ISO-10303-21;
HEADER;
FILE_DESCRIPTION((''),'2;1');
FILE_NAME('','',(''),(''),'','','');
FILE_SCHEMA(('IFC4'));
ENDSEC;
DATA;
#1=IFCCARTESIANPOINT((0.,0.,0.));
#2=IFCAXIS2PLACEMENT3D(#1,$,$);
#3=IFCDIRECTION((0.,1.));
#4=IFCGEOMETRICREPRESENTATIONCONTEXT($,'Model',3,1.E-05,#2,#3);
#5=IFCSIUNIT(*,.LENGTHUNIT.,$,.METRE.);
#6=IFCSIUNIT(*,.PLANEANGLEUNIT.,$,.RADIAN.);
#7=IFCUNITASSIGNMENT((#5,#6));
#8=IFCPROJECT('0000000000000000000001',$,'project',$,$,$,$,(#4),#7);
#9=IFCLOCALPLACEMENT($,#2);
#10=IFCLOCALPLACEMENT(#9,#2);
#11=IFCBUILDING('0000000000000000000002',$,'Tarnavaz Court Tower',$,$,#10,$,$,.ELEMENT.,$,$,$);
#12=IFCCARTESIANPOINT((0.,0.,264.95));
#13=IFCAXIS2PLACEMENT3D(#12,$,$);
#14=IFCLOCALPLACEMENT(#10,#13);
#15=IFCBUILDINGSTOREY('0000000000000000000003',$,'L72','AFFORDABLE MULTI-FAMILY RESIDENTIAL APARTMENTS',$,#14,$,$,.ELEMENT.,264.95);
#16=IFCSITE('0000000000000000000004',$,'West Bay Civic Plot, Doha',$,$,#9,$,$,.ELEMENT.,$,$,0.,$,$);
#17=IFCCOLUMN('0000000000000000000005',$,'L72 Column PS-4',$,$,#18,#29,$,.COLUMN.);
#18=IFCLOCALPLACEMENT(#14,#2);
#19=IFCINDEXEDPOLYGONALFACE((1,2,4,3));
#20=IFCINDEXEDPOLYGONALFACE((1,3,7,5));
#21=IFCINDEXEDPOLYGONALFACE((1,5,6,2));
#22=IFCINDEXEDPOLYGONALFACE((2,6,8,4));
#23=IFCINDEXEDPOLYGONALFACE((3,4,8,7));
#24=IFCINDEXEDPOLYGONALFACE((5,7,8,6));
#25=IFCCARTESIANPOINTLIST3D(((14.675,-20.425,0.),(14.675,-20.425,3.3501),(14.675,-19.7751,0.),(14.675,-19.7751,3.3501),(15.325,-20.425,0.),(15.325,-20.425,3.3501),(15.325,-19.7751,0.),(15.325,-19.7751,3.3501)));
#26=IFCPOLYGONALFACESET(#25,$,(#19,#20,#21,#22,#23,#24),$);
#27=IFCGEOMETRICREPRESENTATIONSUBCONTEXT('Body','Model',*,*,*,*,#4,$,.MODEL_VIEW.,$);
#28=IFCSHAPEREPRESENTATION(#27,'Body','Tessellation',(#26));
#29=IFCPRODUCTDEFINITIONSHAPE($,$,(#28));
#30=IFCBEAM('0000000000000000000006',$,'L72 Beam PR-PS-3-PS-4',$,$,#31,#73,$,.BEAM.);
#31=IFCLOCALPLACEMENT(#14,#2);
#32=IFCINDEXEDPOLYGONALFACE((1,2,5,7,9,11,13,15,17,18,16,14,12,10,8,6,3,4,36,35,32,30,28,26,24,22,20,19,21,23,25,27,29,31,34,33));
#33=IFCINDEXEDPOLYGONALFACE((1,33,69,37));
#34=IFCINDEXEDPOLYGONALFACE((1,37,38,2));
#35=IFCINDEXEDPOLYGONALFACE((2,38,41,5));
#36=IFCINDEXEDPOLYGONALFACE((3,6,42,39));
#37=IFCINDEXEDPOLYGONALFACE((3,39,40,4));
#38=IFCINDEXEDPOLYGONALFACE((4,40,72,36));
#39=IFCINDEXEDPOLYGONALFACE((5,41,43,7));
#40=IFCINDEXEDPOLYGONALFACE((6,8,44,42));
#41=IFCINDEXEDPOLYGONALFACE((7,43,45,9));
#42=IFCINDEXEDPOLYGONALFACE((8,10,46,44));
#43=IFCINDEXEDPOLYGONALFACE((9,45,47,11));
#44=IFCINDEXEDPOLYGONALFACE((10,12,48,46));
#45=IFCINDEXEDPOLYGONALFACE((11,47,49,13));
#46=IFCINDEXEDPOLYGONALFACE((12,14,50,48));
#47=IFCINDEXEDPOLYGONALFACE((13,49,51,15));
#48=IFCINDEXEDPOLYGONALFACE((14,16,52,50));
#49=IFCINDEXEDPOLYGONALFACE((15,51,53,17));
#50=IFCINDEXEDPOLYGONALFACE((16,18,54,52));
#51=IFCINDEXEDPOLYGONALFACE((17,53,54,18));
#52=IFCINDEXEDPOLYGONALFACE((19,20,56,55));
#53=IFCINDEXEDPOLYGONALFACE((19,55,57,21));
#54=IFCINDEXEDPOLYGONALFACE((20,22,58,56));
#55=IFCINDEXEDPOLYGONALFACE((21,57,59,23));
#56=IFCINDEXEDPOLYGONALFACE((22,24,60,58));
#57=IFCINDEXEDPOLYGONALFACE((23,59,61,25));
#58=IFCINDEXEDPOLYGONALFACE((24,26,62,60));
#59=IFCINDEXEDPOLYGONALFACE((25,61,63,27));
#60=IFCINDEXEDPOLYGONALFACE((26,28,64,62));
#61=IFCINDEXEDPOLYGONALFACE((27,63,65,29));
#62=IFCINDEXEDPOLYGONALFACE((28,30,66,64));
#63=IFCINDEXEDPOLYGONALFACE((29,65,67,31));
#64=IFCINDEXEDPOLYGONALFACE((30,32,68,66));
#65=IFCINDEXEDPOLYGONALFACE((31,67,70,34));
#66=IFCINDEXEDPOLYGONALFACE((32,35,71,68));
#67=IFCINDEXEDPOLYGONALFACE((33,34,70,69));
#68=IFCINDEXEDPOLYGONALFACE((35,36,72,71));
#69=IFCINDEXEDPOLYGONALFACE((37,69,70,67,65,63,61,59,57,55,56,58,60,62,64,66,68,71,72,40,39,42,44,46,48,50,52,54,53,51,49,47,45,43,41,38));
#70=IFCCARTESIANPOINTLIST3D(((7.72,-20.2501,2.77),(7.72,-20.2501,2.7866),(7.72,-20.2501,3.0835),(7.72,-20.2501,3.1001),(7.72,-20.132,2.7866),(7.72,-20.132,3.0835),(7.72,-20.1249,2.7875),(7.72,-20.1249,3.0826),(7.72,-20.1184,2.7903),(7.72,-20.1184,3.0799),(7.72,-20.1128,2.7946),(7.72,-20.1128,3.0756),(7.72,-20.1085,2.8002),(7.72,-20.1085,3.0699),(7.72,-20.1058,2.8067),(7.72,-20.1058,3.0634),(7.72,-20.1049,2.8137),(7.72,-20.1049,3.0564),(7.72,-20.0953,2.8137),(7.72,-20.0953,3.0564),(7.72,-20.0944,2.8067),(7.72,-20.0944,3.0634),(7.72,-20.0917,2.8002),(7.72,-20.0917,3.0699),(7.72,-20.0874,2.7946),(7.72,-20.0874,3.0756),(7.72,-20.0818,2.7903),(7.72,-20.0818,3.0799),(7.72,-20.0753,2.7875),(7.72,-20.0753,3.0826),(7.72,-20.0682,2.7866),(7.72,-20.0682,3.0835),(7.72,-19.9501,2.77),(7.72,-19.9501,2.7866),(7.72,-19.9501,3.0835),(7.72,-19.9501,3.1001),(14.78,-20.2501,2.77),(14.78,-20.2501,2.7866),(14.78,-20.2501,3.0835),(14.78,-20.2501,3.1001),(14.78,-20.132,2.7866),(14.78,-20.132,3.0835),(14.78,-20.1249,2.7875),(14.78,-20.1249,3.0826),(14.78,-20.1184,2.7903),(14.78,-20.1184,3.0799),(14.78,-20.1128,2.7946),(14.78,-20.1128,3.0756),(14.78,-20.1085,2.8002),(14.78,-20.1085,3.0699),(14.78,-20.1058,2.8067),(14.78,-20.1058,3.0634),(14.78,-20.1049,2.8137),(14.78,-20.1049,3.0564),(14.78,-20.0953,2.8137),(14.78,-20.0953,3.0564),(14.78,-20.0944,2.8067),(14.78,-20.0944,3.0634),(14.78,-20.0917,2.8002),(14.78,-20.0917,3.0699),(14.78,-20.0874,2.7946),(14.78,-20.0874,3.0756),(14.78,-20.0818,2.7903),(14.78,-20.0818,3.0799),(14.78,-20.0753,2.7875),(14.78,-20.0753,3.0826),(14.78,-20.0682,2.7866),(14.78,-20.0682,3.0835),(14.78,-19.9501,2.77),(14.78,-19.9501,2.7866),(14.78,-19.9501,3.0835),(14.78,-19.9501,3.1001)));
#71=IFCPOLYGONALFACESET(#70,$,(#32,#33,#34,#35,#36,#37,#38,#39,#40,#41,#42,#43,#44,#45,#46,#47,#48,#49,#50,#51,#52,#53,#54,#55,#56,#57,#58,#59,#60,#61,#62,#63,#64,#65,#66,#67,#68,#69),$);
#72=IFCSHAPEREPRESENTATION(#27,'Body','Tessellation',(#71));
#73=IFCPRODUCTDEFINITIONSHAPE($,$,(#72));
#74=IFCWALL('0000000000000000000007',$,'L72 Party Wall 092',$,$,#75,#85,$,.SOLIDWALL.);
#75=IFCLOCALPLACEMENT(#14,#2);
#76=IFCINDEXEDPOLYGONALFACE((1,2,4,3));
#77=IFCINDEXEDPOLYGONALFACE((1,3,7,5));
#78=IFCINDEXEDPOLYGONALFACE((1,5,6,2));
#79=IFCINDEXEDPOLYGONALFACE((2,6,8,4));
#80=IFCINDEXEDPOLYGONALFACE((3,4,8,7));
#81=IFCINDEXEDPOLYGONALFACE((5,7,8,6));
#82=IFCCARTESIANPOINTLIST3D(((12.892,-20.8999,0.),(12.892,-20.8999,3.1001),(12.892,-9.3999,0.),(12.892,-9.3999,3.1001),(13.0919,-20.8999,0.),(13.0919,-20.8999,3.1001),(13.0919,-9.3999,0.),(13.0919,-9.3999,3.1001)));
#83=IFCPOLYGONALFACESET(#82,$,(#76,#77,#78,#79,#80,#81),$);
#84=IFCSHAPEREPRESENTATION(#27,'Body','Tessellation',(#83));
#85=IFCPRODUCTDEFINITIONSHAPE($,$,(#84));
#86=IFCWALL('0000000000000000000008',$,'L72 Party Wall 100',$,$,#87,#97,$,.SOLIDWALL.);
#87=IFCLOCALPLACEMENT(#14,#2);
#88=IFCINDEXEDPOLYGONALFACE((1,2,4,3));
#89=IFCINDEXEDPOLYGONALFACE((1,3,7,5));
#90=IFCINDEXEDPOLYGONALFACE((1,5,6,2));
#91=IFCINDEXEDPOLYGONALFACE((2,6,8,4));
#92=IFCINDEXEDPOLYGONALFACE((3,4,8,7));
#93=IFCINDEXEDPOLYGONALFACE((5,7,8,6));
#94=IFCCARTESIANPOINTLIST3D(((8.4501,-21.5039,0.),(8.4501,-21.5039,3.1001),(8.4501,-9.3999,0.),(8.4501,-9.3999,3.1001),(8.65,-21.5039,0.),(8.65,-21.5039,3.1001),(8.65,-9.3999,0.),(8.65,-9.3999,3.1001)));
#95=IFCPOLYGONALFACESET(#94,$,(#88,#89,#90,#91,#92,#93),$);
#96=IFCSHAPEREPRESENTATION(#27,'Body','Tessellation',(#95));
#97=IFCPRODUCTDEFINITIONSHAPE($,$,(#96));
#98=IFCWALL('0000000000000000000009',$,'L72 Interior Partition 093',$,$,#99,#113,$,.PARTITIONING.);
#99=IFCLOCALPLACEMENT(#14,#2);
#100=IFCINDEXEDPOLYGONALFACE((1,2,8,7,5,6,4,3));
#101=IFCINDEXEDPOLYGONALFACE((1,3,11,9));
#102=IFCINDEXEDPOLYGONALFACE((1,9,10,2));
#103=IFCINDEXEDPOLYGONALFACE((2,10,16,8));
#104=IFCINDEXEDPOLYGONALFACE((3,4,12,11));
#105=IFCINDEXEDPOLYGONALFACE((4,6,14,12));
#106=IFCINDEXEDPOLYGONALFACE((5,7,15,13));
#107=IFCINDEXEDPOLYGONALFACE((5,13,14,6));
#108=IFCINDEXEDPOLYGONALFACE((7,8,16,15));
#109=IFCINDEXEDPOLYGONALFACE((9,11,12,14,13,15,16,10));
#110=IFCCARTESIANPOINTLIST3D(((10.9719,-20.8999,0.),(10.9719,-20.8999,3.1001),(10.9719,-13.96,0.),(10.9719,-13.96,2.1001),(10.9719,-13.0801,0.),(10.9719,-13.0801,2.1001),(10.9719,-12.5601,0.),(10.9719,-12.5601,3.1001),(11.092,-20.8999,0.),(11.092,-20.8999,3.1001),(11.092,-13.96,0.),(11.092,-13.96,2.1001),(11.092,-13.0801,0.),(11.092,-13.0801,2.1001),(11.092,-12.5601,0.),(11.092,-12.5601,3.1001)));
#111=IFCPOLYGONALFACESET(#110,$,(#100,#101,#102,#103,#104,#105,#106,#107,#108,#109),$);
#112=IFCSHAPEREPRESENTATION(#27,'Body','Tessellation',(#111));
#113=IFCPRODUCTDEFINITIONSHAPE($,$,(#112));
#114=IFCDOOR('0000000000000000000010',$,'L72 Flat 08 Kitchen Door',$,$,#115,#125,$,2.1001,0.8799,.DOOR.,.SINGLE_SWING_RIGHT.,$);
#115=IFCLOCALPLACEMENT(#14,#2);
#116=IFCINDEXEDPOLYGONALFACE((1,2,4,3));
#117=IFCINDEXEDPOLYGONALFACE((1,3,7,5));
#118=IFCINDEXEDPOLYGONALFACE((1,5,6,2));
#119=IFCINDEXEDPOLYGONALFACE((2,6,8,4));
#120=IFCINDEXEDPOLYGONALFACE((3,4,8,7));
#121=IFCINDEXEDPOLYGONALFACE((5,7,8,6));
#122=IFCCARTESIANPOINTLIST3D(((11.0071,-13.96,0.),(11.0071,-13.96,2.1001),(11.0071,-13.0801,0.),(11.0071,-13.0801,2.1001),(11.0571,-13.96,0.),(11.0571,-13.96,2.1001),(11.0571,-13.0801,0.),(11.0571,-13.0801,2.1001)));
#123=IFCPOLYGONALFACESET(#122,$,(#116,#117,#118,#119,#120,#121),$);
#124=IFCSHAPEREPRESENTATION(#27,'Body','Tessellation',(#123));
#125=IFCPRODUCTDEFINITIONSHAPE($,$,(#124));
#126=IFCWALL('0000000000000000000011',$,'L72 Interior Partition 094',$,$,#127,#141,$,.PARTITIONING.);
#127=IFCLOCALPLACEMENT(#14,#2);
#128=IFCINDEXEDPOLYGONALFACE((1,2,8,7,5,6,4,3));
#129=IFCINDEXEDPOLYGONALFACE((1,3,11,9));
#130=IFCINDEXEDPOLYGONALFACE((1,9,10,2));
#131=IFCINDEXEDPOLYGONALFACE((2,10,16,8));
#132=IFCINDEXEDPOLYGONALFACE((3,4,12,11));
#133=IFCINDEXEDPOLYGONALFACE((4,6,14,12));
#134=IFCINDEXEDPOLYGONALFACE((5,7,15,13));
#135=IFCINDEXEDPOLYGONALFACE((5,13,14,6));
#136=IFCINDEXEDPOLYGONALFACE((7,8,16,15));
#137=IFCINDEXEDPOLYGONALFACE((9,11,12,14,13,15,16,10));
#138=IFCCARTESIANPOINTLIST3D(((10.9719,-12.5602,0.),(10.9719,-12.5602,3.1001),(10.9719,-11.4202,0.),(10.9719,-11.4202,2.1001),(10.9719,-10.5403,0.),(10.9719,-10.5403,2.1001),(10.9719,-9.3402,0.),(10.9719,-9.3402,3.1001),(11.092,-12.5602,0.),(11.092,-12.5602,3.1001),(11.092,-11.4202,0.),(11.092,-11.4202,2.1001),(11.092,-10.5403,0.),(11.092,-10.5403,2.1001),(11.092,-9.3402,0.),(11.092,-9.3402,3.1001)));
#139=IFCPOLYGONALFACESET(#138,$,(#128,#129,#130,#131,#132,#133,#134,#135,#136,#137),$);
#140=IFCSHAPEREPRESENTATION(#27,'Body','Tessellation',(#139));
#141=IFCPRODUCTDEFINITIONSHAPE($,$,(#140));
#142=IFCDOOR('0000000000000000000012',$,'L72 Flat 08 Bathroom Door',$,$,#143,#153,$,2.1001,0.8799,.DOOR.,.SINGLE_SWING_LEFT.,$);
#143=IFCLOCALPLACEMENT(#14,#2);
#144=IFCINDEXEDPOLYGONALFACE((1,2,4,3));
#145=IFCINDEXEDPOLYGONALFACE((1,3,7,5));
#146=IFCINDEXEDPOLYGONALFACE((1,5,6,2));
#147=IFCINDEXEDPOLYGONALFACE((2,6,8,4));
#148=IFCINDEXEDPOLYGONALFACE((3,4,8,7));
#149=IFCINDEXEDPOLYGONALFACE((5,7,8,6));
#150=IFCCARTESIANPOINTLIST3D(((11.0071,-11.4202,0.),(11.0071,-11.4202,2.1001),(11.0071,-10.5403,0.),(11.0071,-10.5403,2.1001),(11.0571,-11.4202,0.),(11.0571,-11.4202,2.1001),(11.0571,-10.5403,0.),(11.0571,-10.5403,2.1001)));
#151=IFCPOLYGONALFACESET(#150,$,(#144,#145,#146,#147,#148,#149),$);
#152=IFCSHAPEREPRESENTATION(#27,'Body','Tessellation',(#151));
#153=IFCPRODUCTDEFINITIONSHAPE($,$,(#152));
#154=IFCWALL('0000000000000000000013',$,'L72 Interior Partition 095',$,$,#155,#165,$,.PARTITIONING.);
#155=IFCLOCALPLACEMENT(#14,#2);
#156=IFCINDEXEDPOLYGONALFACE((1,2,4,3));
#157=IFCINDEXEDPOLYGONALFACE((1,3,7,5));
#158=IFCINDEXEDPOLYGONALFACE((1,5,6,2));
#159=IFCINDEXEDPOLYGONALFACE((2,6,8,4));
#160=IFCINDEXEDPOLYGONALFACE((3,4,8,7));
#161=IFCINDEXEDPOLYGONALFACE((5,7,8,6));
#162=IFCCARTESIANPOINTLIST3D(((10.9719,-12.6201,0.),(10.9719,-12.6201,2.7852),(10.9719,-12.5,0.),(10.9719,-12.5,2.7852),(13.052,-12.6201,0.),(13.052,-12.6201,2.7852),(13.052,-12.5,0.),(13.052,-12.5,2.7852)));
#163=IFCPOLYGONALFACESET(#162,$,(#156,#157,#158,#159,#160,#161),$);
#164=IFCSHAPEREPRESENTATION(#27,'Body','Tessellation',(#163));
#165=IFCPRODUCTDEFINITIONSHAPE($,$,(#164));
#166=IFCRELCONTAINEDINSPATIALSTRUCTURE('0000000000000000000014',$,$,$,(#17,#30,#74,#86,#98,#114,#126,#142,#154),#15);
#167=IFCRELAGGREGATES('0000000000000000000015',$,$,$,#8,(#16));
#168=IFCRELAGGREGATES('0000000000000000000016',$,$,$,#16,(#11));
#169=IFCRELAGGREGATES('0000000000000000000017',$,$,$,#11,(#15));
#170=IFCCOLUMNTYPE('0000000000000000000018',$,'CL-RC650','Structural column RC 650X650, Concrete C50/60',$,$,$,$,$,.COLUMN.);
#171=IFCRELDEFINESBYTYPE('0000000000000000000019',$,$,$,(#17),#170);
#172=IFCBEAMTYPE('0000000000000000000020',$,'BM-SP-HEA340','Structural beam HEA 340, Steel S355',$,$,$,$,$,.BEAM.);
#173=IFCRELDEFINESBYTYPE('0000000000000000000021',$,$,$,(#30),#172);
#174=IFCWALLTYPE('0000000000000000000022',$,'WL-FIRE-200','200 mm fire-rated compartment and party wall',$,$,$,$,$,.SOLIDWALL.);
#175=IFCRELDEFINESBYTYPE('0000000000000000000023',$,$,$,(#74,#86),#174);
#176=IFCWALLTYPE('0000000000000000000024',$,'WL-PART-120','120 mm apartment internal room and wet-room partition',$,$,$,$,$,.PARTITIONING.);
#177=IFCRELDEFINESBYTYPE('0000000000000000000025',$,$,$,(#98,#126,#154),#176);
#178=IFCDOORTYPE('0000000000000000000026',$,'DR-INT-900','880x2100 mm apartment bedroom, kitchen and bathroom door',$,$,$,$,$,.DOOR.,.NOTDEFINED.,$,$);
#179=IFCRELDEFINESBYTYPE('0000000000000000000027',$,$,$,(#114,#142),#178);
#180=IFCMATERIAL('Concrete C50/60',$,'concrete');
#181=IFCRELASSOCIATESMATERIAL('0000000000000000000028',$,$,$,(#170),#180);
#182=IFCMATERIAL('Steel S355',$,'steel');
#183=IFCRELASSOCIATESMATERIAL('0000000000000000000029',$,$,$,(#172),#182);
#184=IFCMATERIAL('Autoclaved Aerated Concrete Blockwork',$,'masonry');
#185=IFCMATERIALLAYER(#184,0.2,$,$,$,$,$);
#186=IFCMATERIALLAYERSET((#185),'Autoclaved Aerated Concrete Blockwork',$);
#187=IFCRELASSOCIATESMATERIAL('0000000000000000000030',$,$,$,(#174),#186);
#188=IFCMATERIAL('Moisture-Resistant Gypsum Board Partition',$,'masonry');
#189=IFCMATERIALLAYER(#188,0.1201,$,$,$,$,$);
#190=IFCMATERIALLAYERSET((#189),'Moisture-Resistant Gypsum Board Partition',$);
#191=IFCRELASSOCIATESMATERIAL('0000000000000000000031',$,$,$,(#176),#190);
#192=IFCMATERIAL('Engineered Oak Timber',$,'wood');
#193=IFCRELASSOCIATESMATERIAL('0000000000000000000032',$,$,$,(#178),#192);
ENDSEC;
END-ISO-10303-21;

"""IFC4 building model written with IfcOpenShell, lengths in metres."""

from ifc_helpers import new_model, si_unit, direction, frame, frame_2d, origin, origin_2d, place, context, subcontext, project, spatial, rectangle, i_section, extrude, material, layer, layer_set, material_profile, profile_set, type_object, element, fill, save


model = new_model("IFC4")

# Units and contexts
model_context = context("Model", 3, precision=1e-05, world=origin(), true_north=direction((0.0, 1.0)))
body_context = subcontext(model_context, "Body", "Model", "MODEL_VIEW")
ifc_project = project(units=[si_unit("LENGTHUNIT", "METRE"), si_unit("PLANEANGLEUNIT", "RADIAN")], contexts=[model_context])

# Site, building, storey
site_placement = place(None, origin())
site = spatial("IfcSite", under=ifc_project, at=site_placement, Name="West Bay Civic Plot, Doha", CompositionType="ELEMENT", RefElevation=0.0)
building_placement = place(site_placement, origin())
building = spatial("IfcBuilding", under=site, at=building_placement, Name="Tarnavaz Court Tower", CompositionType="ELEMENT")
storey_placement = place(building_placement, frame((0.0, 0.0, 264.95)))
storey = spatial("IfcBuildingStorey", under=building, at=storey_placement, Name="L72", Description="AFFORDABLE MULTI-FAMILY RESIDENTIAL APARTMENTS", CompositionType="ELEMENT", Elevation=264.95)

# Column
ifc_material_1 = material(Name="Concrete C50/60", Category="concrete")
ifc_material_profile_1 = material_profile(ifc_material_1, rectangle(XDim=0.6499, YDim=0.6499, at=origin_2d()), Name="RC 650X650")
ifc_profile_set_1 = profile_set([ifc_material_profile_1], Name="Concrete C50/60")
column_type = type_object("IfcColumnType", Name="CL-RC650", Description="Structural column RC 650X650, Concrete C50/60", PredefinedType="COLUMN", material=ifc_profile_set_1)
column_placement = place(storey_placement, frame((15.0, -20.1001, 0.0), z_axis=(0.0, 0.0, 1.0), x_axis=(1.0, 0.0, 0.0)))
element("IfcColumn", 1, at=column_placement, inside=storey, type_object=column_type, Name="L72 Column PS-4", PredefinedType="COLUMN", context=body_context, shape_type="SweptSolid", body=[
    extrude(rectangle(XDim=0.6499, YDim=0.6499, at=origin_2d()), origin(), (0.0, 0.0, 1.0), 3.3501),
])

# Beam
ifc_material_2 = material(Name="Steel S355", Category="steel")
ifc_material_profile_2 = material_profile(ifc_material_2, i_section(OverallWidth=0.3, OverallDepth=0.3301, WebThickness=0.0095, FlangeThickness=0.0166, FilletRadius=0.0271, at=origin_2d()), Name="HEA 340")
ifc_profile_set_2 = profile_set([ifc_material_profile_2], Name="Steel S355")
beam_type = type_object("IfcBeamType", Name="BM-SP-HEA340", Description="Structural beam HEA 340, Steel S355", PredefinedType="BEAM", material=ifc_profile_set_2)
beam_placement = place(storey_placement, frame((7.72, -20.1001, 2.9351), z_axis=(1.0, 0.0, 0.0), x_axis=(0.0, 1.0, 0.0)))
element("IfcBeam", 2, at=beam_placement, inside=storey, type_object=beam_type, Name="L72 Beam PR-PS-3-PS-4", PredefinedType="BEAM", context=body_context, shape_type="SweptSolid", body=[
    extrude(i_section(OverallWidth=0.3, OverallDepth=0.3301, WebThickness=0.0095, FlangeThickness=0.0166, FilletRadius=0.0271, at=origin_2d()), origin(), (0.0, 0.0, 1.0), 7.0601),
])

# Walls
ifc_material_3 = material(Name="Autoclaved Aerated Concrete Blockwork", Category="masonry")
ifc_layer_1 = layer(ifc_material_3, 0.2)
ifc_layer_set_1 = layer_set([ifc_layer_1], Name="Autoclaved Aerated Concrete Blockwork")
wall_type_1 = type_object("IfcWallType", Name="WL-FIRE-200", Description="200 mm fire-rated compartment and party wall", PredefinedType="SOLIDWALL", material=ifc_layer_set_1)
wall_1_placement = place(storey_placement, frame((12.9919, -20.8999, 0.0), z_axis=(0.0, 0.0, 1.0), x_axis=(0.0, 1.0, 0.0)))
element("IfcWall", 3, at=wall_1_placement, inside=storey, type_object=wall_type_1, Name="L72 Party Wall 092", PredefinedType="SOLIDWALL", context=body_context, shape_type="SweptSolid", body=[
    extrude(rectangle(XDim=11.5, YDim=0.2, at=frame_2d((5.75, 0.0))), origin(), (0.0, 0.0, 1.0), 3.1001),
])
wall_2_placement = place(storey_placement, frame((8.55, -21.5039, 0.0), z_axis=(0.0, 0.0, 1.0), x_axis=(0.0, 1.0, 0.0)))
element("IfcWall", 4, at=wall_2_placement, inside=storey, type_object=wall_type_1, Name="L72 Party Wall 100", PredefinedType="SOLIDWALL", context=body_context, shape_type="SweptSolid", body=[
    extrude(rectangle(XDim=12.104, YDim=0.2, at=frame_2d((6.052, 0.0))), origin(), (0.0, 0.0, 1.0), 3.1001),
])

# Walls, openings, doors
ifc_material_4 = material(Name="Moisture-Resistant Gypsum Board Partition", Category="masonry")
ifc_layer_2 = layer(ifc_material_4, 0.1201)
ifc_layer_set_2 = layer_set([ifc_layer_2], Name="Moisture-Resistant Gypsum Board Partition")
wall_type_2 = type_object("IfcWallType", Name="WL-PART-120", Description="120 mm apartment internal room and wet-room partition", PredefinedType="PARTITIONING", material=ifc_layer_set_2)
wall_3_placement = place(storey_placement, frame((11.032, -20.8999, 0.0), z_axis=(0.0, 0.0, 1.0), x_axis=(0.0, 1.0, 0.0)))
wall_3 = element("IfcWall", 5, at=wall_3_placement, inside=storey, type_object=wall_type_2, Name="L72 Interior Partition 093", PredefinedType="PARTITIONING", context=body_context, shape_type="SweptSolid", body=[
    extrude(rectangle(XDim=8.3398, YDim=0.1201, at=frame_2d((4.1699, 0.0))), origin(), (0.0, 0.0, 1.0), 3.1001),
])
opening_1_placement = place(wall_3_placement, frame((6.9399, 0.0, 0.0)))
opening_1 = element("IfcOpeningElement", 6, at=opening_1_placement, cuts=wall_3, PredefinedType="OPENING", context=body_context, shape_type="SweptSolid", body=[
    extrude(rectangle(XDim=0.8799, YDim=2.1001, at=frame_2d((0.4399, 1.05))), frame((0.0, 0.0701, 0.0), z_axis=(0.0, -1.0, 0.0), x_axis=(1.0, 0.0, 0.0)), (0.0, 0.0, 1.0), 0.1401),
])
ifc_material_5 = material(Name="Engineered Oak Timber", Category="wood")
door_type = type_object("IfcDoorType", Name="DR-INT-900", Description="880x2100 mm apartment bedroom, kitchen and bathroom door", OperationType="NOTDEFINED", PredefinedType="DOOR", material=ifc_material_5)
door_1_placement = place(opening_1_placement, origin())
door_1 = element("IfcDoor", 7, at=door_1_placement, inside=storey, type_object=door_type, Name="L72 Flat 08 Kitchen Door", OperationType="SINGLE_SWING_RIGHT", OverallHeight=2.1001, OverallWidth=0.8799, PredefinedType="DOOR", context=body_context, shape_type="SweptSolid", body=[
    extrude(rectangle(XDim=0.8799, YDim=2.1001, at=frame_2d((0.4399, 1.05))), frame((0.0, 0.0249, 0.0), z_axis=(0.0, -1.0, 0.0), x_axis=(1.0, 0.0, 0.0)), (0.0, 0.0, 1.0), 0.05),
])
fill(opening_1, door_1)
wall_4_placement = place(storey_placement, frame((11.032, -12.5601, 0.0), z_axis=(0.0, 0.0, 1.0), x_axis=(0.0, 1.0, 0.0)))
wall_4 = element("IfcWall", 8, at=wall_4_placement, inside=storey, type_object=wall_type_2, Name="L72 Interior Partition 094", PredefinedType="PARTITIONING", context=body_context, shape_type="SweptSolid", body=[
    extrude(rectangle(XDim=3.22, YDim=0.1201, at=frame_2d((1.6099, 0.0))), origin(), (0.0, 0.0, 1.0), 3.1001),
])
opening_2_placement = place(wall_4_placement, frame((1.1399, 0.0, 0.0)))
opening_2 = element("IfcOpeningElement", 9, at=opening_2_placement, cuts=wall_4, PredefinedType="OPENING", context=body_context, shape_type="SweptSolid", body=[
    extrude(rectangle(XDim=0.8799, YDim=2.1001, at=frame_2d((0.4399, 1.05))), frame((0.0, 0.0701, 0.0), z_axis=(0.0, -1.0, 0.0), x_axis=(1.0, 0.0, 0.0)), (0.0, 0.0, 1.0), 0.1401),
])
door_2_placement = place(opening_2_placement, origin())
door_2 = element("IfcDoor", 10, at=door_2_placement, inside=storey, type_object=door_type, Name="L72 Flat 08 Bathroom Door", OperationType="SINGLE_SWING_LEFT", OverallHeight=2.1001, OverallWidth=0.8799, PredefinedType="DOOR", context=body_context, shape_type="SweptSolid", body=[
    extrude(rectangle(XDim=0.8799, YDim=2.1001, at=frame_2d((0.4399, 1.05))), frame((0.0, 0.0249, 0.0), z_axis=(0.0, -1.0, 0.0), x_axis=(1.0, 0.0, 0.0)), (0.0, 0.0, 1.0), 0.05),
])
fill(opening_2, door_2)

# Wall
wall_5_placement = place(storey_placement, frame((10.9719, -12.5601, 0.0), z_axis=(0.0, 0.0, 1.0), x_axis=(1.0, 0.0, 0.0)))
element("IfcWall", 11, at=wall_5_placement, inside=storey, type_object=wall_type_2, Name="L72 Interior Partition 095", PredefinedType="PARTITIONING", context=body_context, shape_type="SweptSolid", body=[
    extrude(rectangle(XDim=2.0801, YDim=0.1201, at=frame_2d((1.04, 0.0))), origin(), (0.0, 0.0, 1.0), 2.7852),
])

save(model, "model.ifc")
